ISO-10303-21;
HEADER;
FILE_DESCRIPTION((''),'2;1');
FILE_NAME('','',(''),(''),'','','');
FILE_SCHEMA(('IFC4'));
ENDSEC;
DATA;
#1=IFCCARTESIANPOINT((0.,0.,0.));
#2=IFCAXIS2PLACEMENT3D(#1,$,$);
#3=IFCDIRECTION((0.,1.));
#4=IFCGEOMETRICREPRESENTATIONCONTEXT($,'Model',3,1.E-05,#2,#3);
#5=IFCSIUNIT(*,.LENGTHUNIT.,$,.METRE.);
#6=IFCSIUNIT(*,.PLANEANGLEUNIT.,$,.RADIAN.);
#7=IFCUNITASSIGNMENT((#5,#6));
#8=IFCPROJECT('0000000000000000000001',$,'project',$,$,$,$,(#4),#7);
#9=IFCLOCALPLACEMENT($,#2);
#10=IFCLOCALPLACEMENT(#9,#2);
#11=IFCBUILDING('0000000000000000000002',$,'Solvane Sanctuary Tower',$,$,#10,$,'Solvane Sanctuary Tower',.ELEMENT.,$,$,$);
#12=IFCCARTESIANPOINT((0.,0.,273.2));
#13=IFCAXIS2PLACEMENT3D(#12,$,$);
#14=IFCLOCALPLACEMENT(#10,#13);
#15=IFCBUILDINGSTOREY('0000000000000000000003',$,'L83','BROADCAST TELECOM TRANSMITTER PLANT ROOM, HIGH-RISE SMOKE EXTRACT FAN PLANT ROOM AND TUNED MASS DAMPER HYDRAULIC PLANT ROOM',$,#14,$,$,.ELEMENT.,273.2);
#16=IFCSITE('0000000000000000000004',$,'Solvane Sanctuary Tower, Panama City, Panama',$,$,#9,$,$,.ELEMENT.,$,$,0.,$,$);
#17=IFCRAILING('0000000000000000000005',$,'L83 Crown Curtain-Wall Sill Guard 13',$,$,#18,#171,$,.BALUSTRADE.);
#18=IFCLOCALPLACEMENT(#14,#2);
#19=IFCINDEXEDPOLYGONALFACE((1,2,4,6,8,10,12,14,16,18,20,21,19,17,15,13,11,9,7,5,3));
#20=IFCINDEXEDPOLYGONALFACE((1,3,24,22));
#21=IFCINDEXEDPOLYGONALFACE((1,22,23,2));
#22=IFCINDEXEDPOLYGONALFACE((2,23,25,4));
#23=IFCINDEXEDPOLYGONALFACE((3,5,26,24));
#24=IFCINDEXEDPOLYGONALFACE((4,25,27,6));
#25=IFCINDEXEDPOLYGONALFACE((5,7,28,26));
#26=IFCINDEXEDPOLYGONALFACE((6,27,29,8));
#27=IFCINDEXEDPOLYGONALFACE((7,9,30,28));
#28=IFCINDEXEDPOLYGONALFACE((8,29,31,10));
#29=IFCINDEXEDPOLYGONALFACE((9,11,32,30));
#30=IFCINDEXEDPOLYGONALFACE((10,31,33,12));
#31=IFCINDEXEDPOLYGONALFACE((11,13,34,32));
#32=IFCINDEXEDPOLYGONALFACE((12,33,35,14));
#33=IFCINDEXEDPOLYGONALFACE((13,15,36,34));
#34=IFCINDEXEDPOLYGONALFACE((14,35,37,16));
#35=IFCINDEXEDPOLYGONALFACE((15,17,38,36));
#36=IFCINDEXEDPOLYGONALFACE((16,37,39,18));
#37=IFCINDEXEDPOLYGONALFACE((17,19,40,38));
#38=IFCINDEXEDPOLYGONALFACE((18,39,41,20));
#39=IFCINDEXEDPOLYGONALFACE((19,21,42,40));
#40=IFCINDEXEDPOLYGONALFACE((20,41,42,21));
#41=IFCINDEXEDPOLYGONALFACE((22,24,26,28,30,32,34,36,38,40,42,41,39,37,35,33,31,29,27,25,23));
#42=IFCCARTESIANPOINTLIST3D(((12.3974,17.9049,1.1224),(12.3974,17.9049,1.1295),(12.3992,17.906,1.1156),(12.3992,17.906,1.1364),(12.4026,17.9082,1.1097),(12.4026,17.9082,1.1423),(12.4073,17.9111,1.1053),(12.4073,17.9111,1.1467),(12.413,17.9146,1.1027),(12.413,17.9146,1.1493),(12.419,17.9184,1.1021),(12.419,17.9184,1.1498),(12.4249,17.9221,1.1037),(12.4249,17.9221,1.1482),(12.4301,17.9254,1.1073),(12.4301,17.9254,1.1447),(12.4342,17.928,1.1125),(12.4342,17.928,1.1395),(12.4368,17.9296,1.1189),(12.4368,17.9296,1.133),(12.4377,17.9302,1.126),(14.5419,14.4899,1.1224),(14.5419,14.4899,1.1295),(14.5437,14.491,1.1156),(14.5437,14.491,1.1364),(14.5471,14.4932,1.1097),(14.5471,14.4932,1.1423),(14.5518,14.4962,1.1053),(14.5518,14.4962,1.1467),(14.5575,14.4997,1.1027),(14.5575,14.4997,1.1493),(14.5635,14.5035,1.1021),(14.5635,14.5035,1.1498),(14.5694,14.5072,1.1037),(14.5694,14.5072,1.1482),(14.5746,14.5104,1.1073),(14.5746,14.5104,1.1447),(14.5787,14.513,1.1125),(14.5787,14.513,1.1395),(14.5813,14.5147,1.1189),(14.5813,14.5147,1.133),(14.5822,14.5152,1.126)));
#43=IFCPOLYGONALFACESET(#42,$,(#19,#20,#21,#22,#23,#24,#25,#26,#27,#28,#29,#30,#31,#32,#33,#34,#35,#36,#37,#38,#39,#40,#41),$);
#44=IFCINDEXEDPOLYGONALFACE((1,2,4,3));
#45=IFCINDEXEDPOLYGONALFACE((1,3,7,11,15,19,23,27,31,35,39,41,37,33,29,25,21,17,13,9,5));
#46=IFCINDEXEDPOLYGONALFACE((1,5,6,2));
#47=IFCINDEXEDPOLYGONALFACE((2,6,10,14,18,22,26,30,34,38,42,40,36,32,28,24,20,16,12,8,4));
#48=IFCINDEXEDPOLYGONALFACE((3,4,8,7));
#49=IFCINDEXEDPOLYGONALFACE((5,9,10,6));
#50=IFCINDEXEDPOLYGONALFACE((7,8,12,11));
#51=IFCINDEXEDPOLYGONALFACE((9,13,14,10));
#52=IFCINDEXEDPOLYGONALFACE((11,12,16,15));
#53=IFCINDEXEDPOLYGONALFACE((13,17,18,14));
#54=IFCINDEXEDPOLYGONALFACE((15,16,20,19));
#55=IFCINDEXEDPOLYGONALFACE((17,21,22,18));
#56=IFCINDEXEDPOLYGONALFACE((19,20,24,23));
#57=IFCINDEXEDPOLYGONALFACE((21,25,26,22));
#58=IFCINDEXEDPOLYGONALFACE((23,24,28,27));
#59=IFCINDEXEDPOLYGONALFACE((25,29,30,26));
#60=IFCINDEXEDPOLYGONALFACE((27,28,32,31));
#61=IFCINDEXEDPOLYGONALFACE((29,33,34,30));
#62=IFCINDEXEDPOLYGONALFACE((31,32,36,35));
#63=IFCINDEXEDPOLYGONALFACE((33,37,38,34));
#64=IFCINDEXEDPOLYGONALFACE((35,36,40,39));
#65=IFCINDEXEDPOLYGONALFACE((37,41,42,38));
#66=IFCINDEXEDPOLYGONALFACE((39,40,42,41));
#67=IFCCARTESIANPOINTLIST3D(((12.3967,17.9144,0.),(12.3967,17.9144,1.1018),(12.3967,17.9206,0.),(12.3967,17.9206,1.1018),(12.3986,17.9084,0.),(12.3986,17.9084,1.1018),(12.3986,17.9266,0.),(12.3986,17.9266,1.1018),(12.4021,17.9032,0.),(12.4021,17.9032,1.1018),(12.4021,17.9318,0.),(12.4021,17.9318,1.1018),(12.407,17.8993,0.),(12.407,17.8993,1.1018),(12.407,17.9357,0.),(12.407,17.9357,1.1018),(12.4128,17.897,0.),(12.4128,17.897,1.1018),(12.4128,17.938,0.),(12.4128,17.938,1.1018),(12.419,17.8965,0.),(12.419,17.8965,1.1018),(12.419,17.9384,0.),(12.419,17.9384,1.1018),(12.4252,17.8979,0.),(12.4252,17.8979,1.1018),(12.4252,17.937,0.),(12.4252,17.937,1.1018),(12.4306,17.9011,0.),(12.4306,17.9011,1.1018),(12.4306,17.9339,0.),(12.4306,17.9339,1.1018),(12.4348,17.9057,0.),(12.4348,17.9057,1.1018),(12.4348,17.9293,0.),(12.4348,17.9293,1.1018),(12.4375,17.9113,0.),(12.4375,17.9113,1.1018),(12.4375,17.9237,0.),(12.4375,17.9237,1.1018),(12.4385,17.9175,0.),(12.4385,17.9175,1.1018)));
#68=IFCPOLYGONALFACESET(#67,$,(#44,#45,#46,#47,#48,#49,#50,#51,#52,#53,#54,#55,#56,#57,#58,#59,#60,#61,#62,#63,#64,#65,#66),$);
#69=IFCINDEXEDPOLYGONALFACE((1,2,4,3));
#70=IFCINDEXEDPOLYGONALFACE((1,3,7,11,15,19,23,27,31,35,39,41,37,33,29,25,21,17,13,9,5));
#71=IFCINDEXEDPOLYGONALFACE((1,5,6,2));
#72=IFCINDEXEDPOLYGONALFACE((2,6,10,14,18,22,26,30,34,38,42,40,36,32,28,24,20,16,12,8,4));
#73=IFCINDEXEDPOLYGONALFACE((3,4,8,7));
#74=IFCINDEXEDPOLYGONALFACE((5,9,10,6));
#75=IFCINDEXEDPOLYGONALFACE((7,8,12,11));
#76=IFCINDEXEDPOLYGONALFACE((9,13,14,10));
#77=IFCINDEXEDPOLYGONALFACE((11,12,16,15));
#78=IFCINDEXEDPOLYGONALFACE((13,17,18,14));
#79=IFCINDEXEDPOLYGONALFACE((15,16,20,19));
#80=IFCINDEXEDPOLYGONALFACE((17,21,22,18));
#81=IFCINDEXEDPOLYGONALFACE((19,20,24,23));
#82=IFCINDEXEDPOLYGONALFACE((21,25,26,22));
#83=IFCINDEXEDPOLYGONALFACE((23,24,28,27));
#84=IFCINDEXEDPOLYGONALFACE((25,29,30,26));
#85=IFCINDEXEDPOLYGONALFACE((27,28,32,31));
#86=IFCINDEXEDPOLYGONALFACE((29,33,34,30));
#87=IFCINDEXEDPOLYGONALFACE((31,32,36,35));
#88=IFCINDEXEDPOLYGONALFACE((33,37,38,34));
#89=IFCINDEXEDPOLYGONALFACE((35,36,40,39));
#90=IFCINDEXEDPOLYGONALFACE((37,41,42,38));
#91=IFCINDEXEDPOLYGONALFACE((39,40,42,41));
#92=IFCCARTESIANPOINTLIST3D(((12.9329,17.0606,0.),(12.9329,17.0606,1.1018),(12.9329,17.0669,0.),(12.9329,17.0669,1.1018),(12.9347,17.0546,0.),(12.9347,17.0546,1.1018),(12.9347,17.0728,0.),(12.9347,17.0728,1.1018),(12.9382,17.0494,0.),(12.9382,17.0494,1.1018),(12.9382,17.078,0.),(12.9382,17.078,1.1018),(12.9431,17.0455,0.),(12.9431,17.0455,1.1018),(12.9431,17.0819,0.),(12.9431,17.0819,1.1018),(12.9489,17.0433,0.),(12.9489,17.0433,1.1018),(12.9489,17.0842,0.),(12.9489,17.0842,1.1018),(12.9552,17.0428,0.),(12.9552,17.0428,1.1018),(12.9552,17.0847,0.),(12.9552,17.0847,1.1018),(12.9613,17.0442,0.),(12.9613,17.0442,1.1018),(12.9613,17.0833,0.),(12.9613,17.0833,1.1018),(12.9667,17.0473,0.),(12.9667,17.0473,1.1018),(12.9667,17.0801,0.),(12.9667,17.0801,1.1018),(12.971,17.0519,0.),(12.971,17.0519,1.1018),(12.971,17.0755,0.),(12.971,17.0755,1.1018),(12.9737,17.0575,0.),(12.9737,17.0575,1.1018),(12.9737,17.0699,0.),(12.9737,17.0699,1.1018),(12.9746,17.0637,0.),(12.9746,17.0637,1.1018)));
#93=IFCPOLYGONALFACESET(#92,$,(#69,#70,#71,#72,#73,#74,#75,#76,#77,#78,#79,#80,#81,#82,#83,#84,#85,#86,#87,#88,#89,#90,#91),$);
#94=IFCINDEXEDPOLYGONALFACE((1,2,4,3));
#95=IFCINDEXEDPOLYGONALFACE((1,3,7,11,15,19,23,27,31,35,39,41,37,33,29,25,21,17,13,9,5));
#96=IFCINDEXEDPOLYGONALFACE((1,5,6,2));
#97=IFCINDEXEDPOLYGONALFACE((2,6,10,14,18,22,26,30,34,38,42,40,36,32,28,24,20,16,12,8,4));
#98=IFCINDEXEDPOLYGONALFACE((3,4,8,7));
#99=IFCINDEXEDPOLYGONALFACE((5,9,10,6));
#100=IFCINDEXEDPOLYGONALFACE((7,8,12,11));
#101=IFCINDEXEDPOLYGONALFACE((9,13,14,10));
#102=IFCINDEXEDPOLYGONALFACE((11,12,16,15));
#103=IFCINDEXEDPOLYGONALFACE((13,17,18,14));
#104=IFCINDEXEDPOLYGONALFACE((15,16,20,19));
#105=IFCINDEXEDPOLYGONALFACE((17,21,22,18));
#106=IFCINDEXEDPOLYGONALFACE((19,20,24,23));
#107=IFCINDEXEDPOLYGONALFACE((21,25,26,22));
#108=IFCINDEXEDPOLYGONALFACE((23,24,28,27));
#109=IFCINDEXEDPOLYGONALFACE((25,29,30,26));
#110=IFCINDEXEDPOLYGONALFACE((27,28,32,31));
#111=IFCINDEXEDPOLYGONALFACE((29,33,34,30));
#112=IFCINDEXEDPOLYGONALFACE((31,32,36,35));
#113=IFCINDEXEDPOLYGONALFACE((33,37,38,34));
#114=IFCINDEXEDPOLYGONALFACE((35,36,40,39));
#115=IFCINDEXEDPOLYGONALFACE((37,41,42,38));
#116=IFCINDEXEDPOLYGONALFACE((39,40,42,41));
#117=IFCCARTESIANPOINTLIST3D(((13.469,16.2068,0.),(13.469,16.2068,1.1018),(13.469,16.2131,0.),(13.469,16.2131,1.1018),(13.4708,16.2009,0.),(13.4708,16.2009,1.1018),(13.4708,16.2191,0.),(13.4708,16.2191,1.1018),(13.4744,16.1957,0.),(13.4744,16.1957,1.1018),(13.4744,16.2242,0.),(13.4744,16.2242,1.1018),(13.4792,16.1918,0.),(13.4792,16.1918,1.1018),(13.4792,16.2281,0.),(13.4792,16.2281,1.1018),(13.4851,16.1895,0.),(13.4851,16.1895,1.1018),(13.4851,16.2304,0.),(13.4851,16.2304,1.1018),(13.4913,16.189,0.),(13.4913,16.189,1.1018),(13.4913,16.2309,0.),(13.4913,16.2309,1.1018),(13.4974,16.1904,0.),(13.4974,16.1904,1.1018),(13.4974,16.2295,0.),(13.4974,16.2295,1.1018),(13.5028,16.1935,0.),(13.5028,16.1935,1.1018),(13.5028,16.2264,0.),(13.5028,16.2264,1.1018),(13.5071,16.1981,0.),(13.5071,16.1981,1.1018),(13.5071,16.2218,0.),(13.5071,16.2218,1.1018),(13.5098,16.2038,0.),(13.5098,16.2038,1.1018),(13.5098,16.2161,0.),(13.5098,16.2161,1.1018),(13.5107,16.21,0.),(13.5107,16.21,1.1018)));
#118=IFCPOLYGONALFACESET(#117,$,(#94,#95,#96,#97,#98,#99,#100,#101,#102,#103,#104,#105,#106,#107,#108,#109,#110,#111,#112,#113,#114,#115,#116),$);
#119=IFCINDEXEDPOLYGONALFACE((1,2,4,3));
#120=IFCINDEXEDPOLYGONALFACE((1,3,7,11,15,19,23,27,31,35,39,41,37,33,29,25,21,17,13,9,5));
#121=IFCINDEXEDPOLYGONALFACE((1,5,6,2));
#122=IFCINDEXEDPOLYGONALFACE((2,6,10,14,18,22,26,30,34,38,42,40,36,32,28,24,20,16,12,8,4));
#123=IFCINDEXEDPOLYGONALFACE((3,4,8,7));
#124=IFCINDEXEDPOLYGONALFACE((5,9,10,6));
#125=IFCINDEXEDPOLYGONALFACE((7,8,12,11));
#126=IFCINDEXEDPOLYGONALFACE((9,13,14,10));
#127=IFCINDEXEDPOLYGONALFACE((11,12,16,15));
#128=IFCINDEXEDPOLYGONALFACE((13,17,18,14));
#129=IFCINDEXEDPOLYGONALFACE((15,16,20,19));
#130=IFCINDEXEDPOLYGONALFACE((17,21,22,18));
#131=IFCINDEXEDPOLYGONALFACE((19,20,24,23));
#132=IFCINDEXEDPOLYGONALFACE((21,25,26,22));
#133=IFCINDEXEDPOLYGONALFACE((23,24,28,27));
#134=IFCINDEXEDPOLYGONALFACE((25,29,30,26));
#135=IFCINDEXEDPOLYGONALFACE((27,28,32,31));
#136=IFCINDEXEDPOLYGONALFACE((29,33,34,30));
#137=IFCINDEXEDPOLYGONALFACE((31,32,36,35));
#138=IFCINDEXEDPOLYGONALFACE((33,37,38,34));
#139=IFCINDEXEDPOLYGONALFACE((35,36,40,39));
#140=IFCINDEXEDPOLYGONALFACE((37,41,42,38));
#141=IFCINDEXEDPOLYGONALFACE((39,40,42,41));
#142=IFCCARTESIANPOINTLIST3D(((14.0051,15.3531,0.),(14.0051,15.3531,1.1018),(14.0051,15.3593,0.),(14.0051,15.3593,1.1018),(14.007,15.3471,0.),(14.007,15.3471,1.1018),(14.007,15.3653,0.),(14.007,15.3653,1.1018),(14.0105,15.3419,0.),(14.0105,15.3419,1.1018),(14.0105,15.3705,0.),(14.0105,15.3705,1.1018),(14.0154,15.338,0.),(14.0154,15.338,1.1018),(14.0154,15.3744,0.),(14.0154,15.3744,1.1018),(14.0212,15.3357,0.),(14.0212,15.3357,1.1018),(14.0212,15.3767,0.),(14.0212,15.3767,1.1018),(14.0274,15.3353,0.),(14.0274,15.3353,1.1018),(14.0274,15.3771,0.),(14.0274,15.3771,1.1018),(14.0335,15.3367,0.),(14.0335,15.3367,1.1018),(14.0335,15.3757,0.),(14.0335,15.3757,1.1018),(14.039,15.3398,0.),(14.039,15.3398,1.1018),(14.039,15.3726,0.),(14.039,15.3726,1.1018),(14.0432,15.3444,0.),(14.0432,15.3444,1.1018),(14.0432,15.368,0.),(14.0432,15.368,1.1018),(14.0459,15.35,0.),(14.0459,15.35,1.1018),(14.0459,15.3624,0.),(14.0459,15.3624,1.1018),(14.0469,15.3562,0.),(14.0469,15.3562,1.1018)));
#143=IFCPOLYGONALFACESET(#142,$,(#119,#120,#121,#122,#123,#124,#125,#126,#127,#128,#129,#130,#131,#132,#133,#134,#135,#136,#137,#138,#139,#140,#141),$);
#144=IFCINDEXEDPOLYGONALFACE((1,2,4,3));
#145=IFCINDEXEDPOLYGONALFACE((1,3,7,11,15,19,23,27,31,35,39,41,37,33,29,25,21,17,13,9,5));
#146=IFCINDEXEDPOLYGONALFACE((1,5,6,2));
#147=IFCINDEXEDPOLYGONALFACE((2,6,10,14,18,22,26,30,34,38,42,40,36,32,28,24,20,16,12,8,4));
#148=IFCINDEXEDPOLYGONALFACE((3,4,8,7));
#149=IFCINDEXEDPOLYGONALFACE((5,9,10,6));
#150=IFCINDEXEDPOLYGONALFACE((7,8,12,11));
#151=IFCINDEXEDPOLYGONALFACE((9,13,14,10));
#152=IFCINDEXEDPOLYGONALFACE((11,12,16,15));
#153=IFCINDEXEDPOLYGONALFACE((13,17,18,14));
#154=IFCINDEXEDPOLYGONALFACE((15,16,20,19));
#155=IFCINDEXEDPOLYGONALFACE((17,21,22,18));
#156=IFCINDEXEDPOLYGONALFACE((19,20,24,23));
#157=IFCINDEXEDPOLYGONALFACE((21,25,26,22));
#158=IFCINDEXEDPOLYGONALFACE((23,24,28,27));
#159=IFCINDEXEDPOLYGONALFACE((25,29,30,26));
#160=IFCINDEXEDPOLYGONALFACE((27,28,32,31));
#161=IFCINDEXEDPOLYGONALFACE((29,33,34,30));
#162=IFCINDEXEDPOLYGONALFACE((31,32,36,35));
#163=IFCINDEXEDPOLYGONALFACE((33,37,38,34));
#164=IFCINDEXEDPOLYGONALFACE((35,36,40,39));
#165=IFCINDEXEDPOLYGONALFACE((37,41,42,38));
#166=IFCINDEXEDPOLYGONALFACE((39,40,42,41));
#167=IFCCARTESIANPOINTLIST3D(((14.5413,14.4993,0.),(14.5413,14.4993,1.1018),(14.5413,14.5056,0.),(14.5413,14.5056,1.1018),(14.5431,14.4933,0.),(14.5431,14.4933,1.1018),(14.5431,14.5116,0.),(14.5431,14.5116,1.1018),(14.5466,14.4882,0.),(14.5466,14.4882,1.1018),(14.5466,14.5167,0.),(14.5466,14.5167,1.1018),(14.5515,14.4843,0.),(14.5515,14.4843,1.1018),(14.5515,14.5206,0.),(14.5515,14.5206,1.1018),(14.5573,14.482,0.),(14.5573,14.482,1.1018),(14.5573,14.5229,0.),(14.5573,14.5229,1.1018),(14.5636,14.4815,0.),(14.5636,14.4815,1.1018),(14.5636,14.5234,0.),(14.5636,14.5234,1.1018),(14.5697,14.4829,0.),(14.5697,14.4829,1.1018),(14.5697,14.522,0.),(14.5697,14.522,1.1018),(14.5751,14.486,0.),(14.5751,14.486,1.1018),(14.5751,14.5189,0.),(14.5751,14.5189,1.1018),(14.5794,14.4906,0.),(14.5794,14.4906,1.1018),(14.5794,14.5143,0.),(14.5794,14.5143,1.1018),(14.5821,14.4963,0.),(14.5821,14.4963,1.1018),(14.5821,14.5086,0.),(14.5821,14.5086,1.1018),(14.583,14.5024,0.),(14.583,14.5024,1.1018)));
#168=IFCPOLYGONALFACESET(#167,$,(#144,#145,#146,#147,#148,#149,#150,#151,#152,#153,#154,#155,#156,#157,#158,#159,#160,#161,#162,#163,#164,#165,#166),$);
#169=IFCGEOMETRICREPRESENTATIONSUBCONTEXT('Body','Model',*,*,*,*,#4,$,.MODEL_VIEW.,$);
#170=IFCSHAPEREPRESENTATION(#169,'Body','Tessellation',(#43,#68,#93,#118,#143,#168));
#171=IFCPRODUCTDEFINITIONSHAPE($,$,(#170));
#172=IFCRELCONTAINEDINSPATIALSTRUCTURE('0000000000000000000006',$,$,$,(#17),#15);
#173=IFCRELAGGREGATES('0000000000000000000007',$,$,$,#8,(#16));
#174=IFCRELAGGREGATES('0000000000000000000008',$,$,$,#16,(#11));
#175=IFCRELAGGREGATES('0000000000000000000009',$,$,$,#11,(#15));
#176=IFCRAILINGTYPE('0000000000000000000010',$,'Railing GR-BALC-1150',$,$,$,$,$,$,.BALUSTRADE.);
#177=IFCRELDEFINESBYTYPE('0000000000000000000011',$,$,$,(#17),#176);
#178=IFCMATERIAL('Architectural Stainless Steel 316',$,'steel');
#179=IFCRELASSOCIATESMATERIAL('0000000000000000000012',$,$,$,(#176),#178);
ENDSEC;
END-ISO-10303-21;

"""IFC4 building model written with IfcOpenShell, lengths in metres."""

from ifc_helpers import new_model, si_unit, direction, frame, origin, origin_2d, place, context, subcontext, project, spatial, circle, extrude, material, type_object, element, save


model = new_model("IFC4")

# Units and contexts
model_context = context("Model", 3, precision=1e-05, world=origin(), true_north=direction((0.0, 1.0)))
body_context = subcontext(model_context, "Body", "Model", "MODEL_VIEW")
ifc_project = project(units=[si_unit("LENGTHUNIT", "METRE"), si_unit("PLANEANGLEUNIT", "RADIAN")], contexts=[model_context])

# Site, building, storey
site_placement = place(None, origin())
site = spatial("IfcSite", under=ifc_project, at=site_placement, Name="Solvane Sanctuary Tower, Panama City, Panama", CompositionType="ELEMENT", RefElevation=0.0)
building_placement = place(site_placement, origin())
building = spatial("IfcBuilding", under=site, at=building_placement, Name="Solvane Sanctuary Tower", LongName="Solvane Sanctuary Tower", CompositionType="ELEMENT")
storey_placement = place(building_placement, frame((0.0, 0.0, 273.2)))
storey = spatial("IfcBuildingStorey", under=building, at=storey_placement, Name="L83", Description="BROADCAST TELECOM TRANSMITTER PLANT ROOM, HIGH-RISE SMOKE EXTRACT FAN PLANT ROOM AND TUNED MASS DAMPER HYDRAULIC PLANT ROOM", CompositionType="ELEMENT", Elevation=273.2)

# Shared definitions
ifc_material_1 = material(Name="Architectural Stainless Steel 316", Category="steel")

# Railing
railing_type_1 = type_object("IfcRailingType", Name="Railing GR-BALC-1150", PredefinedType="BALUSTRADE", material=ifc_material_1)
railing_1_placement = place(storey_placement, frame((12.4175, 17.9175, 0.0)))
element("IfcRailing", 1, at=railing_1_placement, inside=storey, type_object=railing_type_1, Name="L83 Crown Curtain-Wall Sill Guard 13", PredefinedType="BALUSTRADE", context=body_context, shape_type="SweptSolid", body=[
    extrude(circle(Radius=0.0239, at=origin_2d()), frame((0.0, 0.0, 1.126), z_axis=(0.531804, -0.846867, 0.0), x_axis=(0.846867, 0.531804, 0.0)), (0.0, 0.0, 1.0), 4.0325),
    extrude(circle(Radius=0.021, at=origin_2d()), origin(), (0.0, 0.0, 1.0), 1.1018),
    extrude(circle(Radius=0.021, at=origin_2d()), frame((0.5361, -0.8538, 0.0)), (0.0, 0.0, 1.0), 1.1018),
    extrude(circle(Radius=0.021, at=origin_2d()), frame((1.0723, -1.7075, 0.0)), (0.0, 0.0, 1.0), 1.1018),
    extrude(circle(Radius=0.021, at=origin_2d()), frame((1.6084, -2.5613, 0.0)), (0.0, 0.0, 1.0), 1.1018),
    extrude(circle(Radius=0.021, at=origin_2d()), frame((2.1445, -3.415, 0.0)), (0.0, 0.0, 1.0), 1.1018),
])

save(model, "model.ifc")
